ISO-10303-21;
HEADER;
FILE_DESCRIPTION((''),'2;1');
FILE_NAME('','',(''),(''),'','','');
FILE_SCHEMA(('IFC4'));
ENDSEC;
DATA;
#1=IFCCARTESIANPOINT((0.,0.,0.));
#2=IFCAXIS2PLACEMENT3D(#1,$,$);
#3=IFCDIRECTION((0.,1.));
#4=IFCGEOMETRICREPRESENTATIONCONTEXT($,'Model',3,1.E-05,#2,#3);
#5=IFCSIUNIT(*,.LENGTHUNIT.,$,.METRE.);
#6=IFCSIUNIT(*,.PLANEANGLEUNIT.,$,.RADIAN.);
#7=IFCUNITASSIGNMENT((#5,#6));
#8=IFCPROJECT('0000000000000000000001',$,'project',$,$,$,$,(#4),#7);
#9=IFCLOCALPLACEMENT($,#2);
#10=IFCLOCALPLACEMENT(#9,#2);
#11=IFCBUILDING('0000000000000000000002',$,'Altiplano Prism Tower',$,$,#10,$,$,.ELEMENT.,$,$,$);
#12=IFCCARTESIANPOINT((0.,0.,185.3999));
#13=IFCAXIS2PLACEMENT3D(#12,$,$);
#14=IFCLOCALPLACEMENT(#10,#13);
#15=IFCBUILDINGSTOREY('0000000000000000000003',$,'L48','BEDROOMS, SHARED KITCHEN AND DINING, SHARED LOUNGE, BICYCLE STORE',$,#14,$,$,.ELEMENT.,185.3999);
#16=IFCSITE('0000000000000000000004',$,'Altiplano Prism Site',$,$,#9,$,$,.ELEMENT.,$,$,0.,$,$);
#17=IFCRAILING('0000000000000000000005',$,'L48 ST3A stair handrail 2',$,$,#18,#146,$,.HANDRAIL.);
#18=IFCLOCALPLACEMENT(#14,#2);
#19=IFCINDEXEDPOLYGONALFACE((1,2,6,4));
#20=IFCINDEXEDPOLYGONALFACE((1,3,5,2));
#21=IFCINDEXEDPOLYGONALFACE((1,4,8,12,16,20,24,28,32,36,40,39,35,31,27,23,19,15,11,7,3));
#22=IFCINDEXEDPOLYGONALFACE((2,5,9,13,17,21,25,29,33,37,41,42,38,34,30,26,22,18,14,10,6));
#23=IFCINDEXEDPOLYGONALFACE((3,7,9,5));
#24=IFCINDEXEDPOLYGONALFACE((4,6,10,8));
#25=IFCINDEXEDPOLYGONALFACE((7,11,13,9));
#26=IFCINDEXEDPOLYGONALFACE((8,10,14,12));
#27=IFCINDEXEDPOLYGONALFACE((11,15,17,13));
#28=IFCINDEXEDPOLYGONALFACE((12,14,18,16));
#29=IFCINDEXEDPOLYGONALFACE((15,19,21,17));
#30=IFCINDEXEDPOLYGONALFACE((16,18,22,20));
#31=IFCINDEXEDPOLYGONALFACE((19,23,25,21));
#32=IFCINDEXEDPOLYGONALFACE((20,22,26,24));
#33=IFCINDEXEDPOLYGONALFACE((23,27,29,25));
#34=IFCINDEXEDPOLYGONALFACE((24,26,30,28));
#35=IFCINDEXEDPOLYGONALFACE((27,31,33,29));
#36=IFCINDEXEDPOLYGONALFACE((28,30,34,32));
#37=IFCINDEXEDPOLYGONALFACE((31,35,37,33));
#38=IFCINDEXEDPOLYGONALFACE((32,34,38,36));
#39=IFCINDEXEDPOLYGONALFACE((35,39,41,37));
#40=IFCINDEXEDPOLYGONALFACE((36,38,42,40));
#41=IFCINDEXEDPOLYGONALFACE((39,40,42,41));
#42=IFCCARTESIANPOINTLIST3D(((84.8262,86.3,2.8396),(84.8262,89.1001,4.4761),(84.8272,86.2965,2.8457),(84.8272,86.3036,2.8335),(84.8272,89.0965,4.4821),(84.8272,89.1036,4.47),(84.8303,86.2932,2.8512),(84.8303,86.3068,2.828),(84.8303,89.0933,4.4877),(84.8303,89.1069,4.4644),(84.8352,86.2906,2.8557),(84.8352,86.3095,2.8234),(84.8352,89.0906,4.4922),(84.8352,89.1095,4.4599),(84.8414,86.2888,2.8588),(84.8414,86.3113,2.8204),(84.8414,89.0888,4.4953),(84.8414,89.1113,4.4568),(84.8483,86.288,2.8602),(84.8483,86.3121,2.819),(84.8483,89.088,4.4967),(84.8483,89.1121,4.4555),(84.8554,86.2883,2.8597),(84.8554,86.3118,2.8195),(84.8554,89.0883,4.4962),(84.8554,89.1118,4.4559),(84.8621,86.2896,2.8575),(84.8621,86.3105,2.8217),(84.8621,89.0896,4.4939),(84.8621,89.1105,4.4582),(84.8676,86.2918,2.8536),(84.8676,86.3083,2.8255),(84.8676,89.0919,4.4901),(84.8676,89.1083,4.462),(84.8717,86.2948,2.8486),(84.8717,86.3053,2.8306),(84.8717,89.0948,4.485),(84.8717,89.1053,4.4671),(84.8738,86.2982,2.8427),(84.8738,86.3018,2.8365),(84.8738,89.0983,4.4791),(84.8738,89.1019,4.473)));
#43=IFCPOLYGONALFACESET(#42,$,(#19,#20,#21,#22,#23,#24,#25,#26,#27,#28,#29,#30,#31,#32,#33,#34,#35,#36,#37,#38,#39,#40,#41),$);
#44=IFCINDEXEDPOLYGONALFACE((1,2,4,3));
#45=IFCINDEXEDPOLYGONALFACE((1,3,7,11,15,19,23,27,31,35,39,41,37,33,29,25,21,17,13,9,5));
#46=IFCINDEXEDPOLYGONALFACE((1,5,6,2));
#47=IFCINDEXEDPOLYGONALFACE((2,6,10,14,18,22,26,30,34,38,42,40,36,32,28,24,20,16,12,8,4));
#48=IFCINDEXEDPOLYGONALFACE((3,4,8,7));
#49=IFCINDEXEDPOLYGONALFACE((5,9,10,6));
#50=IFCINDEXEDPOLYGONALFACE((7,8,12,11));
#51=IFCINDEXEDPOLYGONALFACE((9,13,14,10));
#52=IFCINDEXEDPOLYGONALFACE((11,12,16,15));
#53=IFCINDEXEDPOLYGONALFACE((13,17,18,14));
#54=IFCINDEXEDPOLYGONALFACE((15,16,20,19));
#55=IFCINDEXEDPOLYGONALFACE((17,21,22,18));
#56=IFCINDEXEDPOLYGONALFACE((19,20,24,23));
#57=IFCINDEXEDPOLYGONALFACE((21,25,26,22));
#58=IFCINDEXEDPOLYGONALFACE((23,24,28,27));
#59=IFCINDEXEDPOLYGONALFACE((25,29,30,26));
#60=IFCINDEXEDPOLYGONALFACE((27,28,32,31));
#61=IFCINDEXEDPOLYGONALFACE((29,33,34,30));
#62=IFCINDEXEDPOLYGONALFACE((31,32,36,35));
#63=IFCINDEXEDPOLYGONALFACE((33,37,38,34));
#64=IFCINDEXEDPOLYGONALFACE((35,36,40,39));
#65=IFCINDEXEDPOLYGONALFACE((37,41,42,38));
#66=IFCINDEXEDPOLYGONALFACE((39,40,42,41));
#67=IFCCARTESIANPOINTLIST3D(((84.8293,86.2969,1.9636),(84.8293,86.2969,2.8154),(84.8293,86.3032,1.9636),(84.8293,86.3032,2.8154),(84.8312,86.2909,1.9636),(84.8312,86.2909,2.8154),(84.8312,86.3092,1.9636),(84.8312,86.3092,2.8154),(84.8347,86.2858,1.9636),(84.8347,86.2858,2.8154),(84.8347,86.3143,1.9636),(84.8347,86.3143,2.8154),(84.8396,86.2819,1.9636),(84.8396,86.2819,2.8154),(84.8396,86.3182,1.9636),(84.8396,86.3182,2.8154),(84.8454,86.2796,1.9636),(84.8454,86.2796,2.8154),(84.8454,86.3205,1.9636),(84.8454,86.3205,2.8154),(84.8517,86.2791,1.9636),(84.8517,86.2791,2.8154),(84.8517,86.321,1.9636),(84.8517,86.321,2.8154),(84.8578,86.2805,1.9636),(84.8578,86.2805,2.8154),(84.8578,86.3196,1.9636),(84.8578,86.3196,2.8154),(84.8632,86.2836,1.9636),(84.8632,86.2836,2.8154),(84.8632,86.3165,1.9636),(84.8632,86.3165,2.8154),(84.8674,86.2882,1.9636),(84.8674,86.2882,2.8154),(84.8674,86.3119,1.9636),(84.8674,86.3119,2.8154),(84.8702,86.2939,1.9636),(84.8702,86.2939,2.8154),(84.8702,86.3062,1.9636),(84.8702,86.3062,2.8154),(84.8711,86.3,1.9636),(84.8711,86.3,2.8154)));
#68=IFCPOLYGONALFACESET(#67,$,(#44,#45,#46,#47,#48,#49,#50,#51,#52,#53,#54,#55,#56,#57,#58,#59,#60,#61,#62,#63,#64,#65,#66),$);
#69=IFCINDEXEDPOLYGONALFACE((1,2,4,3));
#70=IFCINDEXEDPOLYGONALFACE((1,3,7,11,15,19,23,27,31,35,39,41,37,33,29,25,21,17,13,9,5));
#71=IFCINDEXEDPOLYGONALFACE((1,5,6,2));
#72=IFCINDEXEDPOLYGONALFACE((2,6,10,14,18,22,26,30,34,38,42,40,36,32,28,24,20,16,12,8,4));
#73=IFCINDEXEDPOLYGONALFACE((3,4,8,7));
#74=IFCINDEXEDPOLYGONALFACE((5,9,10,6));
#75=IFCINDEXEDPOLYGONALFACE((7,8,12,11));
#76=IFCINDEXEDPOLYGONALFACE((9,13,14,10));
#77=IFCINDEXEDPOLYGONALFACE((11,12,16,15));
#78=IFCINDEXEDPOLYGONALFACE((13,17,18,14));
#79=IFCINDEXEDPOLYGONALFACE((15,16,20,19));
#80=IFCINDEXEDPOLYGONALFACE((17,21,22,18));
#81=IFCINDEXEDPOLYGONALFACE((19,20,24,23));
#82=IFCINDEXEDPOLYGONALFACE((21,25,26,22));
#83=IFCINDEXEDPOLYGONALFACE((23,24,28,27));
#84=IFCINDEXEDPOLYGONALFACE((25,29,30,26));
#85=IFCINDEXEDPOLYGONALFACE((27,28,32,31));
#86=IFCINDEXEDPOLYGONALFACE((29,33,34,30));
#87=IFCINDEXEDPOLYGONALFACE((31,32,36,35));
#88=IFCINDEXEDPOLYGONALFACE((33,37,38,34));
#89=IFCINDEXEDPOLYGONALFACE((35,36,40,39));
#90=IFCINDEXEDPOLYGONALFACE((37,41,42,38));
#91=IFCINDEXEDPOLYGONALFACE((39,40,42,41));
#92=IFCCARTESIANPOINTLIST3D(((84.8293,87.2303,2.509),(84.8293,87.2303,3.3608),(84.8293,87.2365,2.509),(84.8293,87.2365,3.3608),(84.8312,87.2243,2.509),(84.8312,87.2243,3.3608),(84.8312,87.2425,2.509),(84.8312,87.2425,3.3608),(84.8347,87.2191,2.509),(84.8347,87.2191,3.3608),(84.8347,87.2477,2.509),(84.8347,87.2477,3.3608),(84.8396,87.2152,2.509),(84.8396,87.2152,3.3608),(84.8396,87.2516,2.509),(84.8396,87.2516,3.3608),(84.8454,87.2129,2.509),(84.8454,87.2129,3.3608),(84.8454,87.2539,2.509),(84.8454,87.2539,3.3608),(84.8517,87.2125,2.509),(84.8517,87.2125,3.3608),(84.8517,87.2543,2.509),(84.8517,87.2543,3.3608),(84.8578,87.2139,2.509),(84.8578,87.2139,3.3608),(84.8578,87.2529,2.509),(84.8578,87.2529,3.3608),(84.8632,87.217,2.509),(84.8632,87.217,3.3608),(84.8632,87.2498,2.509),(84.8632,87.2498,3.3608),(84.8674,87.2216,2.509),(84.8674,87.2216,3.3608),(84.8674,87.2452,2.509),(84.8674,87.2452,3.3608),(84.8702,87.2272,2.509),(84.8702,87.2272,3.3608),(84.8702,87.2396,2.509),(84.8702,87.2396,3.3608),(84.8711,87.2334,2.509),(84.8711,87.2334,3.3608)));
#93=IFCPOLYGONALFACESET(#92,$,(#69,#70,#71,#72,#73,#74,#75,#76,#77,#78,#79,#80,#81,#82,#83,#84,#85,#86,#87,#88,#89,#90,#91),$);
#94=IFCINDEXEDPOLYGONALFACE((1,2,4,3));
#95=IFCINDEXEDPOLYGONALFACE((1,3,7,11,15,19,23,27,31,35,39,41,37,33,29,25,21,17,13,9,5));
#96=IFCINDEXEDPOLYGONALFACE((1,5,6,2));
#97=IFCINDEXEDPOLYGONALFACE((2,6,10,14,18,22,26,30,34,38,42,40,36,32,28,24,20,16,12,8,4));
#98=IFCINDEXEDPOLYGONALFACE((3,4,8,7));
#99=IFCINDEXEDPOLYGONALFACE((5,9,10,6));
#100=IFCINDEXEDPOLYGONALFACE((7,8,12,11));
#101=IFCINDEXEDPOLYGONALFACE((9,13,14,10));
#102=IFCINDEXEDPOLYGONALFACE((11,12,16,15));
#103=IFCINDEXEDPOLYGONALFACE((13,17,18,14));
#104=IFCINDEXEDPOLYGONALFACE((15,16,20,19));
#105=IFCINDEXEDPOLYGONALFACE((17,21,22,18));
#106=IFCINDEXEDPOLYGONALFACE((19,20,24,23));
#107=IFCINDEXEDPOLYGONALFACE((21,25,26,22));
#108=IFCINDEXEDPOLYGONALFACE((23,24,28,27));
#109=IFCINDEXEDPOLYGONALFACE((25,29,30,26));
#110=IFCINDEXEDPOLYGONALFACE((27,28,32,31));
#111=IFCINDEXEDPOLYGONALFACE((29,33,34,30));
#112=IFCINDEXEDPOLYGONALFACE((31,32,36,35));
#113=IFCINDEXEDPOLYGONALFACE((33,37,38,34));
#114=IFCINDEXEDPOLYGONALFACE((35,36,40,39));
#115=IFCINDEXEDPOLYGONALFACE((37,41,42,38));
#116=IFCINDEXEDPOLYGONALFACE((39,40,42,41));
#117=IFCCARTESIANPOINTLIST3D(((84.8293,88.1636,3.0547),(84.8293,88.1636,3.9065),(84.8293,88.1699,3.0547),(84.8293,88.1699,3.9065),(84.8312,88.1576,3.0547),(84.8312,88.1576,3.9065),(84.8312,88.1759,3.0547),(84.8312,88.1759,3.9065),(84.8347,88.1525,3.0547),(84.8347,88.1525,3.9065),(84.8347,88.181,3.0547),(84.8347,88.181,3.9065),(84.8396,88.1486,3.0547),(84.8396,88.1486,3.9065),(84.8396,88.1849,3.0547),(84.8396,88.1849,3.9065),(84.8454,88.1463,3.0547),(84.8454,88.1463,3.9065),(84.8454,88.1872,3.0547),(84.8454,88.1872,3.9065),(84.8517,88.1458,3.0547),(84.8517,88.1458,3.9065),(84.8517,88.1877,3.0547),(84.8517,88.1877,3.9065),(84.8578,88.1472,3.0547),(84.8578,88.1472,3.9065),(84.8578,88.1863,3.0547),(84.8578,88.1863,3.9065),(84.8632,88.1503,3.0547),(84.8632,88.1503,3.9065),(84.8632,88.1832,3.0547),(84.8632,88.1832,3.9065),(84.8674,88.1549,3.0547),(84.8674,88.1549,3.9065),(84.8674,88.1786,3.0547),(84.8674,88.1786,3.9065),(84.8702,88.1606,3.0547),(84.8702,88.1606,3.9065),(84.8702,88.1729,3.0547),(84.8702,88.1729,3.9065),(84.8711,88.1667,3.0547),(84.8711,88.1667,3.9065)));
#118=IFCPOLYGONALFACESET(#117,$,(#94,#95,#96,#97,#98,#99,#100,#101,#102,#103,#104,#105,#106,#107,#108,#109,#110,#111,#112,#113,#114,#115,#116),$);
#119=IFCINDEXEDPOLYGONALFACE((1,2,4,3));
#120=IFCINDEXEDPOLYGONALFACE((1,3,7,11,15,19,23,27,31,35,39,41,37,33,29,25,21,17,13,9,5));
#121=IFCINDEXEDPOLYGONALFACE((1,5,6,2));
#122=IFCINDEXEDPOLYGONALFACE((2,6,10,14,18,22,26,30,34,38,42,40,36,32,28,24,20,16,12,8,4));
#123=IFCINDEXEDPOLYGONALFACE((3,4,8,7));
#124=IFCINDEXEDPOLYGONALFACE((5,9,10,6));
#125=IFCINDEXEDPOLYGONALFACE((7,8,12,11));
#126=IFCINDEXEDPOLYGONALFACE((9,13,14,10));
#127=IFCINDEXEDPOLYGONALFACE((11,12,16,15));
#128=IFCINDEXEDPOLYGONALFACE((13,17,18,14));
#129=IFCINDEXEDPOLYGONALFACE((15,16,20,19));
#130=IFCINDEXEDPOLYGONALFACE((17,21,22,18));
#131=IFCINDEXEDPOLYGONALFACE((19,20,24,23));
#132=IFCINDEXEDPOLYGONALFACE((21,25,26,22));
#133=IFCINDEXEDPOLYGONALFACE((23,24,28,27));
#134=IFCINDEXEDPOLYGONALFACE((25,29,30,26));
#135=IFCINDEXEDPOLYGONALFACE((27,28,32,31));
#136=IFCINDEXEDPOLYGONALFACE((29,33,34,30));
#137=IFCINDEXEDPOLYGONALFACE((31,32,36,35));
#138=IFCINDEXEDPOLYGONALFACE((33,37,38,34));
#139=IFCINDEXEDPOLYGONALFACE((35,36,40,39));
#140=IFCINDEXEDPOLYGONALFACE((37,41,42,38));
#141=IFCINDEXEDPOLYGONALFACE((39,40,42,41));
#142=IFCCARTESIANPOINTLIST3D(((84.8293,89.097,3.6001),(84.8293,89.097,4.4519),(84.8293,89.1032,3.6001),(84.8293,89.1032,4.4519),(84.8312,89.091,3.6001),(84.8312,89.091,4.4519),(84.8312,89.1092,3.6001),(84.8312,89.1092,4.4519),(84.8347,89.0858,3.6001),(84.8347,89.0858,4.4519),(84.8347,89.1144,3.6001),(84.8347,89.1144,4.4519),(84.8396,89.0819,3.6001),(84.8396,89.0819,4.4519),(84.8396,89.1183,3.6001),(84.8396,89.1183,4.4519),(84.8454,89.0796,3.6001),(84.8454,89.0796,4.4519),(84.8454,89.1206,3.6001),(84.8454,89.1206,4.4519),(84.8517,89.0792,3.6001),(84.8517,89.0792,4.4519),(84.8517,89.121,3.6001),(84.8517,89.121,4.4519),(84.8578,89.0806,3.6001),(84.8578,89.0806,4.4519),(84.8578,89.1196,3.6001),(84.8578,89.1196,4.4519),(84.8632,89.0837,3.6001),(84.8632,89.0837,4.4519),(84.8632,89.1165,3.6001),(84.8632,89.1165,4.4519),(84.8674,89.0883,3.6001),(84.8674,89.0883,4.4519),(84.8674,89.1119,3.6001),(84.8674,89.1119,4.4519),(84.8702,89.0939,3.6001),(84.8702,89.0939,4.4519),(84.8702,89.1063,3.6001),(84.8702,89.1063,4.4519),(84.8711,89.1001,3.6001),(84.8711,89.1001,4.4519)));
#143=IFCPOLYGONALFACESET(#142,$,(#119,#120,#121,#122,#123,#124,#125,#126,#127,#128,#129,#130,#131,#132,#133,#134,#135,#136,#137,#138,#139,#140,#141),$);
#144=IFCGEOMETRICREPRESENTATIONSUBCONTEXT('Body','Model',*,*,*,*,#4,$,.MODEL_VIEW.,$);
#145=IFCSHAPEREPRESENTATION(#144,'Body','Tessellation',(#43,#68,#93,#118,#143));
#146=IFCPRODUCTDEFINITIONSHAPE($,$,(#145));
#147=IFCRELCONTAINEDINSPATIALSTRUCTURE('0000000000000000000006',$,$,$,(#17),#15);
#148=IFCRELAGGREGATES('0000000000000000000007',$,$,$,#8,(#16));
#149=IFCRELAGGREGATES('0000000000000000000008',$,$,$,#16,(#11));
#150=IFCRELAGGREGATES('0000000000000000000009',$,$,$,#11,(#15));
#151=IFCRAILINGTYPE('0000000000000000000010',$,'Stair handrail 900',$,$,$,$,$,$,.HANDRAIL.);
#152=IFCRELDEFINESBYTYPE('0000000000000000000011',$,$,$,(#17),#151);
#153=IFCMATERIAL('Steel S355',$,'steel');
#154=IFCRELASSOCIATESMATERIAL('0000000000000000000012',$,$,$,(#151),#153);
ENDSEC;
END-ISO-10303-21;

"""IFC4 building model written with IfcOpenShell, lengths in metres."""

from ifc_helpers import new_model, si_unit, direction, frame, origin, origin_2d, place, context, subcontext, project, spatial, circle, extrude, material, type_object, element, save


model = new_model("IFC4")

# Units and contexts
model_context = context("Model", 3, precision=1e-05, world=origin(), true_north=direction((0.0, 1.0)))
body_context = subcontext(model_context, "Body", "Model", "MODEL_VIEW")
ifc_project = project(units=[si_unit("LENGTHUNIT", "METRE"), si_unit("PLANEANGLEUNIT", "RADIAN")], contexts=[model_context])

# Site, building, storey
site_placement = place(None, origin())
site = spatial("IfcSite", under=ifc_project, at=site_placement, Name="Altiplano Prism Site", CompositionType="ELEMENT", RefElevation=0.0)
building_placement = place(site_placement, origin())
building = spatial("IfcBuilding", under=site, at=building_placement, Name="Altiplano Prism Tower", CompositionType="ELEMENT")
storey_placement = place(building_placement, frame((0.0, 0.0, 185.3999)))
storey = spatial("IfcBuildingStorey", under=building, at=storey_placement, Name="L48", Description="BEDROOMS, SHARED KITCHEN AND DINING, SHARED LOUNGE, BICYCLE STORE", CompositionType="ELEMENT", Elevation=185.3999)

# Railing
ifc_material_1 = material(Name="Steel S355", Category="steel")
railing_type = type_object("IfcRailingType", Name="Stair handrail 900", PredefinedType="HANDRAIL", material=ifc_material_1)
for number, where, name in (
    (1, (84.8501, 86.3, 1.9636), "L48 ST3A stair handrail 2"),
):
    element("IfcRailing", number, at=place(storey_placement, frame(where)), inside=storey, type_object=railing_type, Name=name, PredefinedType="HANDRAIL", context=body_context, shape_type="SweptSolid", body=[
        extrude(circle(Radius=0.0239, at=origin_2d()), frame((0.0, 0.0, 0.876), z_axis=(0.0, 0.863361, 0.504587), x_axis=(-1.0, 0.0, 0.0)), (0.0, 0.0, 1.0), 3.2432),
        extrude(circle(Radius=0.021, at=origin_2d()), origin(), (0.0, 0.0, 1.0), 0.8518),
        extrude(circle(Radius=0.021, at=origin_2d()), frame((0.0, 0.9333, 0.5454)), (0.0, 0.0, 1.0), 0.8518),
        extrude(circle(Radius=0.021, at=origin_2d()), frame((0.0, 1.8667, 1.0911)), (0.0, 0.0, 1.0), 0.8518),
        extrude(circle(Radius=0.021, at=origin_2d()), frame((0.0, 2.8, 1.6365)), (0.0, 0.0, 1.0), 0.8518),
    ])

save(model, "model.ifc")
